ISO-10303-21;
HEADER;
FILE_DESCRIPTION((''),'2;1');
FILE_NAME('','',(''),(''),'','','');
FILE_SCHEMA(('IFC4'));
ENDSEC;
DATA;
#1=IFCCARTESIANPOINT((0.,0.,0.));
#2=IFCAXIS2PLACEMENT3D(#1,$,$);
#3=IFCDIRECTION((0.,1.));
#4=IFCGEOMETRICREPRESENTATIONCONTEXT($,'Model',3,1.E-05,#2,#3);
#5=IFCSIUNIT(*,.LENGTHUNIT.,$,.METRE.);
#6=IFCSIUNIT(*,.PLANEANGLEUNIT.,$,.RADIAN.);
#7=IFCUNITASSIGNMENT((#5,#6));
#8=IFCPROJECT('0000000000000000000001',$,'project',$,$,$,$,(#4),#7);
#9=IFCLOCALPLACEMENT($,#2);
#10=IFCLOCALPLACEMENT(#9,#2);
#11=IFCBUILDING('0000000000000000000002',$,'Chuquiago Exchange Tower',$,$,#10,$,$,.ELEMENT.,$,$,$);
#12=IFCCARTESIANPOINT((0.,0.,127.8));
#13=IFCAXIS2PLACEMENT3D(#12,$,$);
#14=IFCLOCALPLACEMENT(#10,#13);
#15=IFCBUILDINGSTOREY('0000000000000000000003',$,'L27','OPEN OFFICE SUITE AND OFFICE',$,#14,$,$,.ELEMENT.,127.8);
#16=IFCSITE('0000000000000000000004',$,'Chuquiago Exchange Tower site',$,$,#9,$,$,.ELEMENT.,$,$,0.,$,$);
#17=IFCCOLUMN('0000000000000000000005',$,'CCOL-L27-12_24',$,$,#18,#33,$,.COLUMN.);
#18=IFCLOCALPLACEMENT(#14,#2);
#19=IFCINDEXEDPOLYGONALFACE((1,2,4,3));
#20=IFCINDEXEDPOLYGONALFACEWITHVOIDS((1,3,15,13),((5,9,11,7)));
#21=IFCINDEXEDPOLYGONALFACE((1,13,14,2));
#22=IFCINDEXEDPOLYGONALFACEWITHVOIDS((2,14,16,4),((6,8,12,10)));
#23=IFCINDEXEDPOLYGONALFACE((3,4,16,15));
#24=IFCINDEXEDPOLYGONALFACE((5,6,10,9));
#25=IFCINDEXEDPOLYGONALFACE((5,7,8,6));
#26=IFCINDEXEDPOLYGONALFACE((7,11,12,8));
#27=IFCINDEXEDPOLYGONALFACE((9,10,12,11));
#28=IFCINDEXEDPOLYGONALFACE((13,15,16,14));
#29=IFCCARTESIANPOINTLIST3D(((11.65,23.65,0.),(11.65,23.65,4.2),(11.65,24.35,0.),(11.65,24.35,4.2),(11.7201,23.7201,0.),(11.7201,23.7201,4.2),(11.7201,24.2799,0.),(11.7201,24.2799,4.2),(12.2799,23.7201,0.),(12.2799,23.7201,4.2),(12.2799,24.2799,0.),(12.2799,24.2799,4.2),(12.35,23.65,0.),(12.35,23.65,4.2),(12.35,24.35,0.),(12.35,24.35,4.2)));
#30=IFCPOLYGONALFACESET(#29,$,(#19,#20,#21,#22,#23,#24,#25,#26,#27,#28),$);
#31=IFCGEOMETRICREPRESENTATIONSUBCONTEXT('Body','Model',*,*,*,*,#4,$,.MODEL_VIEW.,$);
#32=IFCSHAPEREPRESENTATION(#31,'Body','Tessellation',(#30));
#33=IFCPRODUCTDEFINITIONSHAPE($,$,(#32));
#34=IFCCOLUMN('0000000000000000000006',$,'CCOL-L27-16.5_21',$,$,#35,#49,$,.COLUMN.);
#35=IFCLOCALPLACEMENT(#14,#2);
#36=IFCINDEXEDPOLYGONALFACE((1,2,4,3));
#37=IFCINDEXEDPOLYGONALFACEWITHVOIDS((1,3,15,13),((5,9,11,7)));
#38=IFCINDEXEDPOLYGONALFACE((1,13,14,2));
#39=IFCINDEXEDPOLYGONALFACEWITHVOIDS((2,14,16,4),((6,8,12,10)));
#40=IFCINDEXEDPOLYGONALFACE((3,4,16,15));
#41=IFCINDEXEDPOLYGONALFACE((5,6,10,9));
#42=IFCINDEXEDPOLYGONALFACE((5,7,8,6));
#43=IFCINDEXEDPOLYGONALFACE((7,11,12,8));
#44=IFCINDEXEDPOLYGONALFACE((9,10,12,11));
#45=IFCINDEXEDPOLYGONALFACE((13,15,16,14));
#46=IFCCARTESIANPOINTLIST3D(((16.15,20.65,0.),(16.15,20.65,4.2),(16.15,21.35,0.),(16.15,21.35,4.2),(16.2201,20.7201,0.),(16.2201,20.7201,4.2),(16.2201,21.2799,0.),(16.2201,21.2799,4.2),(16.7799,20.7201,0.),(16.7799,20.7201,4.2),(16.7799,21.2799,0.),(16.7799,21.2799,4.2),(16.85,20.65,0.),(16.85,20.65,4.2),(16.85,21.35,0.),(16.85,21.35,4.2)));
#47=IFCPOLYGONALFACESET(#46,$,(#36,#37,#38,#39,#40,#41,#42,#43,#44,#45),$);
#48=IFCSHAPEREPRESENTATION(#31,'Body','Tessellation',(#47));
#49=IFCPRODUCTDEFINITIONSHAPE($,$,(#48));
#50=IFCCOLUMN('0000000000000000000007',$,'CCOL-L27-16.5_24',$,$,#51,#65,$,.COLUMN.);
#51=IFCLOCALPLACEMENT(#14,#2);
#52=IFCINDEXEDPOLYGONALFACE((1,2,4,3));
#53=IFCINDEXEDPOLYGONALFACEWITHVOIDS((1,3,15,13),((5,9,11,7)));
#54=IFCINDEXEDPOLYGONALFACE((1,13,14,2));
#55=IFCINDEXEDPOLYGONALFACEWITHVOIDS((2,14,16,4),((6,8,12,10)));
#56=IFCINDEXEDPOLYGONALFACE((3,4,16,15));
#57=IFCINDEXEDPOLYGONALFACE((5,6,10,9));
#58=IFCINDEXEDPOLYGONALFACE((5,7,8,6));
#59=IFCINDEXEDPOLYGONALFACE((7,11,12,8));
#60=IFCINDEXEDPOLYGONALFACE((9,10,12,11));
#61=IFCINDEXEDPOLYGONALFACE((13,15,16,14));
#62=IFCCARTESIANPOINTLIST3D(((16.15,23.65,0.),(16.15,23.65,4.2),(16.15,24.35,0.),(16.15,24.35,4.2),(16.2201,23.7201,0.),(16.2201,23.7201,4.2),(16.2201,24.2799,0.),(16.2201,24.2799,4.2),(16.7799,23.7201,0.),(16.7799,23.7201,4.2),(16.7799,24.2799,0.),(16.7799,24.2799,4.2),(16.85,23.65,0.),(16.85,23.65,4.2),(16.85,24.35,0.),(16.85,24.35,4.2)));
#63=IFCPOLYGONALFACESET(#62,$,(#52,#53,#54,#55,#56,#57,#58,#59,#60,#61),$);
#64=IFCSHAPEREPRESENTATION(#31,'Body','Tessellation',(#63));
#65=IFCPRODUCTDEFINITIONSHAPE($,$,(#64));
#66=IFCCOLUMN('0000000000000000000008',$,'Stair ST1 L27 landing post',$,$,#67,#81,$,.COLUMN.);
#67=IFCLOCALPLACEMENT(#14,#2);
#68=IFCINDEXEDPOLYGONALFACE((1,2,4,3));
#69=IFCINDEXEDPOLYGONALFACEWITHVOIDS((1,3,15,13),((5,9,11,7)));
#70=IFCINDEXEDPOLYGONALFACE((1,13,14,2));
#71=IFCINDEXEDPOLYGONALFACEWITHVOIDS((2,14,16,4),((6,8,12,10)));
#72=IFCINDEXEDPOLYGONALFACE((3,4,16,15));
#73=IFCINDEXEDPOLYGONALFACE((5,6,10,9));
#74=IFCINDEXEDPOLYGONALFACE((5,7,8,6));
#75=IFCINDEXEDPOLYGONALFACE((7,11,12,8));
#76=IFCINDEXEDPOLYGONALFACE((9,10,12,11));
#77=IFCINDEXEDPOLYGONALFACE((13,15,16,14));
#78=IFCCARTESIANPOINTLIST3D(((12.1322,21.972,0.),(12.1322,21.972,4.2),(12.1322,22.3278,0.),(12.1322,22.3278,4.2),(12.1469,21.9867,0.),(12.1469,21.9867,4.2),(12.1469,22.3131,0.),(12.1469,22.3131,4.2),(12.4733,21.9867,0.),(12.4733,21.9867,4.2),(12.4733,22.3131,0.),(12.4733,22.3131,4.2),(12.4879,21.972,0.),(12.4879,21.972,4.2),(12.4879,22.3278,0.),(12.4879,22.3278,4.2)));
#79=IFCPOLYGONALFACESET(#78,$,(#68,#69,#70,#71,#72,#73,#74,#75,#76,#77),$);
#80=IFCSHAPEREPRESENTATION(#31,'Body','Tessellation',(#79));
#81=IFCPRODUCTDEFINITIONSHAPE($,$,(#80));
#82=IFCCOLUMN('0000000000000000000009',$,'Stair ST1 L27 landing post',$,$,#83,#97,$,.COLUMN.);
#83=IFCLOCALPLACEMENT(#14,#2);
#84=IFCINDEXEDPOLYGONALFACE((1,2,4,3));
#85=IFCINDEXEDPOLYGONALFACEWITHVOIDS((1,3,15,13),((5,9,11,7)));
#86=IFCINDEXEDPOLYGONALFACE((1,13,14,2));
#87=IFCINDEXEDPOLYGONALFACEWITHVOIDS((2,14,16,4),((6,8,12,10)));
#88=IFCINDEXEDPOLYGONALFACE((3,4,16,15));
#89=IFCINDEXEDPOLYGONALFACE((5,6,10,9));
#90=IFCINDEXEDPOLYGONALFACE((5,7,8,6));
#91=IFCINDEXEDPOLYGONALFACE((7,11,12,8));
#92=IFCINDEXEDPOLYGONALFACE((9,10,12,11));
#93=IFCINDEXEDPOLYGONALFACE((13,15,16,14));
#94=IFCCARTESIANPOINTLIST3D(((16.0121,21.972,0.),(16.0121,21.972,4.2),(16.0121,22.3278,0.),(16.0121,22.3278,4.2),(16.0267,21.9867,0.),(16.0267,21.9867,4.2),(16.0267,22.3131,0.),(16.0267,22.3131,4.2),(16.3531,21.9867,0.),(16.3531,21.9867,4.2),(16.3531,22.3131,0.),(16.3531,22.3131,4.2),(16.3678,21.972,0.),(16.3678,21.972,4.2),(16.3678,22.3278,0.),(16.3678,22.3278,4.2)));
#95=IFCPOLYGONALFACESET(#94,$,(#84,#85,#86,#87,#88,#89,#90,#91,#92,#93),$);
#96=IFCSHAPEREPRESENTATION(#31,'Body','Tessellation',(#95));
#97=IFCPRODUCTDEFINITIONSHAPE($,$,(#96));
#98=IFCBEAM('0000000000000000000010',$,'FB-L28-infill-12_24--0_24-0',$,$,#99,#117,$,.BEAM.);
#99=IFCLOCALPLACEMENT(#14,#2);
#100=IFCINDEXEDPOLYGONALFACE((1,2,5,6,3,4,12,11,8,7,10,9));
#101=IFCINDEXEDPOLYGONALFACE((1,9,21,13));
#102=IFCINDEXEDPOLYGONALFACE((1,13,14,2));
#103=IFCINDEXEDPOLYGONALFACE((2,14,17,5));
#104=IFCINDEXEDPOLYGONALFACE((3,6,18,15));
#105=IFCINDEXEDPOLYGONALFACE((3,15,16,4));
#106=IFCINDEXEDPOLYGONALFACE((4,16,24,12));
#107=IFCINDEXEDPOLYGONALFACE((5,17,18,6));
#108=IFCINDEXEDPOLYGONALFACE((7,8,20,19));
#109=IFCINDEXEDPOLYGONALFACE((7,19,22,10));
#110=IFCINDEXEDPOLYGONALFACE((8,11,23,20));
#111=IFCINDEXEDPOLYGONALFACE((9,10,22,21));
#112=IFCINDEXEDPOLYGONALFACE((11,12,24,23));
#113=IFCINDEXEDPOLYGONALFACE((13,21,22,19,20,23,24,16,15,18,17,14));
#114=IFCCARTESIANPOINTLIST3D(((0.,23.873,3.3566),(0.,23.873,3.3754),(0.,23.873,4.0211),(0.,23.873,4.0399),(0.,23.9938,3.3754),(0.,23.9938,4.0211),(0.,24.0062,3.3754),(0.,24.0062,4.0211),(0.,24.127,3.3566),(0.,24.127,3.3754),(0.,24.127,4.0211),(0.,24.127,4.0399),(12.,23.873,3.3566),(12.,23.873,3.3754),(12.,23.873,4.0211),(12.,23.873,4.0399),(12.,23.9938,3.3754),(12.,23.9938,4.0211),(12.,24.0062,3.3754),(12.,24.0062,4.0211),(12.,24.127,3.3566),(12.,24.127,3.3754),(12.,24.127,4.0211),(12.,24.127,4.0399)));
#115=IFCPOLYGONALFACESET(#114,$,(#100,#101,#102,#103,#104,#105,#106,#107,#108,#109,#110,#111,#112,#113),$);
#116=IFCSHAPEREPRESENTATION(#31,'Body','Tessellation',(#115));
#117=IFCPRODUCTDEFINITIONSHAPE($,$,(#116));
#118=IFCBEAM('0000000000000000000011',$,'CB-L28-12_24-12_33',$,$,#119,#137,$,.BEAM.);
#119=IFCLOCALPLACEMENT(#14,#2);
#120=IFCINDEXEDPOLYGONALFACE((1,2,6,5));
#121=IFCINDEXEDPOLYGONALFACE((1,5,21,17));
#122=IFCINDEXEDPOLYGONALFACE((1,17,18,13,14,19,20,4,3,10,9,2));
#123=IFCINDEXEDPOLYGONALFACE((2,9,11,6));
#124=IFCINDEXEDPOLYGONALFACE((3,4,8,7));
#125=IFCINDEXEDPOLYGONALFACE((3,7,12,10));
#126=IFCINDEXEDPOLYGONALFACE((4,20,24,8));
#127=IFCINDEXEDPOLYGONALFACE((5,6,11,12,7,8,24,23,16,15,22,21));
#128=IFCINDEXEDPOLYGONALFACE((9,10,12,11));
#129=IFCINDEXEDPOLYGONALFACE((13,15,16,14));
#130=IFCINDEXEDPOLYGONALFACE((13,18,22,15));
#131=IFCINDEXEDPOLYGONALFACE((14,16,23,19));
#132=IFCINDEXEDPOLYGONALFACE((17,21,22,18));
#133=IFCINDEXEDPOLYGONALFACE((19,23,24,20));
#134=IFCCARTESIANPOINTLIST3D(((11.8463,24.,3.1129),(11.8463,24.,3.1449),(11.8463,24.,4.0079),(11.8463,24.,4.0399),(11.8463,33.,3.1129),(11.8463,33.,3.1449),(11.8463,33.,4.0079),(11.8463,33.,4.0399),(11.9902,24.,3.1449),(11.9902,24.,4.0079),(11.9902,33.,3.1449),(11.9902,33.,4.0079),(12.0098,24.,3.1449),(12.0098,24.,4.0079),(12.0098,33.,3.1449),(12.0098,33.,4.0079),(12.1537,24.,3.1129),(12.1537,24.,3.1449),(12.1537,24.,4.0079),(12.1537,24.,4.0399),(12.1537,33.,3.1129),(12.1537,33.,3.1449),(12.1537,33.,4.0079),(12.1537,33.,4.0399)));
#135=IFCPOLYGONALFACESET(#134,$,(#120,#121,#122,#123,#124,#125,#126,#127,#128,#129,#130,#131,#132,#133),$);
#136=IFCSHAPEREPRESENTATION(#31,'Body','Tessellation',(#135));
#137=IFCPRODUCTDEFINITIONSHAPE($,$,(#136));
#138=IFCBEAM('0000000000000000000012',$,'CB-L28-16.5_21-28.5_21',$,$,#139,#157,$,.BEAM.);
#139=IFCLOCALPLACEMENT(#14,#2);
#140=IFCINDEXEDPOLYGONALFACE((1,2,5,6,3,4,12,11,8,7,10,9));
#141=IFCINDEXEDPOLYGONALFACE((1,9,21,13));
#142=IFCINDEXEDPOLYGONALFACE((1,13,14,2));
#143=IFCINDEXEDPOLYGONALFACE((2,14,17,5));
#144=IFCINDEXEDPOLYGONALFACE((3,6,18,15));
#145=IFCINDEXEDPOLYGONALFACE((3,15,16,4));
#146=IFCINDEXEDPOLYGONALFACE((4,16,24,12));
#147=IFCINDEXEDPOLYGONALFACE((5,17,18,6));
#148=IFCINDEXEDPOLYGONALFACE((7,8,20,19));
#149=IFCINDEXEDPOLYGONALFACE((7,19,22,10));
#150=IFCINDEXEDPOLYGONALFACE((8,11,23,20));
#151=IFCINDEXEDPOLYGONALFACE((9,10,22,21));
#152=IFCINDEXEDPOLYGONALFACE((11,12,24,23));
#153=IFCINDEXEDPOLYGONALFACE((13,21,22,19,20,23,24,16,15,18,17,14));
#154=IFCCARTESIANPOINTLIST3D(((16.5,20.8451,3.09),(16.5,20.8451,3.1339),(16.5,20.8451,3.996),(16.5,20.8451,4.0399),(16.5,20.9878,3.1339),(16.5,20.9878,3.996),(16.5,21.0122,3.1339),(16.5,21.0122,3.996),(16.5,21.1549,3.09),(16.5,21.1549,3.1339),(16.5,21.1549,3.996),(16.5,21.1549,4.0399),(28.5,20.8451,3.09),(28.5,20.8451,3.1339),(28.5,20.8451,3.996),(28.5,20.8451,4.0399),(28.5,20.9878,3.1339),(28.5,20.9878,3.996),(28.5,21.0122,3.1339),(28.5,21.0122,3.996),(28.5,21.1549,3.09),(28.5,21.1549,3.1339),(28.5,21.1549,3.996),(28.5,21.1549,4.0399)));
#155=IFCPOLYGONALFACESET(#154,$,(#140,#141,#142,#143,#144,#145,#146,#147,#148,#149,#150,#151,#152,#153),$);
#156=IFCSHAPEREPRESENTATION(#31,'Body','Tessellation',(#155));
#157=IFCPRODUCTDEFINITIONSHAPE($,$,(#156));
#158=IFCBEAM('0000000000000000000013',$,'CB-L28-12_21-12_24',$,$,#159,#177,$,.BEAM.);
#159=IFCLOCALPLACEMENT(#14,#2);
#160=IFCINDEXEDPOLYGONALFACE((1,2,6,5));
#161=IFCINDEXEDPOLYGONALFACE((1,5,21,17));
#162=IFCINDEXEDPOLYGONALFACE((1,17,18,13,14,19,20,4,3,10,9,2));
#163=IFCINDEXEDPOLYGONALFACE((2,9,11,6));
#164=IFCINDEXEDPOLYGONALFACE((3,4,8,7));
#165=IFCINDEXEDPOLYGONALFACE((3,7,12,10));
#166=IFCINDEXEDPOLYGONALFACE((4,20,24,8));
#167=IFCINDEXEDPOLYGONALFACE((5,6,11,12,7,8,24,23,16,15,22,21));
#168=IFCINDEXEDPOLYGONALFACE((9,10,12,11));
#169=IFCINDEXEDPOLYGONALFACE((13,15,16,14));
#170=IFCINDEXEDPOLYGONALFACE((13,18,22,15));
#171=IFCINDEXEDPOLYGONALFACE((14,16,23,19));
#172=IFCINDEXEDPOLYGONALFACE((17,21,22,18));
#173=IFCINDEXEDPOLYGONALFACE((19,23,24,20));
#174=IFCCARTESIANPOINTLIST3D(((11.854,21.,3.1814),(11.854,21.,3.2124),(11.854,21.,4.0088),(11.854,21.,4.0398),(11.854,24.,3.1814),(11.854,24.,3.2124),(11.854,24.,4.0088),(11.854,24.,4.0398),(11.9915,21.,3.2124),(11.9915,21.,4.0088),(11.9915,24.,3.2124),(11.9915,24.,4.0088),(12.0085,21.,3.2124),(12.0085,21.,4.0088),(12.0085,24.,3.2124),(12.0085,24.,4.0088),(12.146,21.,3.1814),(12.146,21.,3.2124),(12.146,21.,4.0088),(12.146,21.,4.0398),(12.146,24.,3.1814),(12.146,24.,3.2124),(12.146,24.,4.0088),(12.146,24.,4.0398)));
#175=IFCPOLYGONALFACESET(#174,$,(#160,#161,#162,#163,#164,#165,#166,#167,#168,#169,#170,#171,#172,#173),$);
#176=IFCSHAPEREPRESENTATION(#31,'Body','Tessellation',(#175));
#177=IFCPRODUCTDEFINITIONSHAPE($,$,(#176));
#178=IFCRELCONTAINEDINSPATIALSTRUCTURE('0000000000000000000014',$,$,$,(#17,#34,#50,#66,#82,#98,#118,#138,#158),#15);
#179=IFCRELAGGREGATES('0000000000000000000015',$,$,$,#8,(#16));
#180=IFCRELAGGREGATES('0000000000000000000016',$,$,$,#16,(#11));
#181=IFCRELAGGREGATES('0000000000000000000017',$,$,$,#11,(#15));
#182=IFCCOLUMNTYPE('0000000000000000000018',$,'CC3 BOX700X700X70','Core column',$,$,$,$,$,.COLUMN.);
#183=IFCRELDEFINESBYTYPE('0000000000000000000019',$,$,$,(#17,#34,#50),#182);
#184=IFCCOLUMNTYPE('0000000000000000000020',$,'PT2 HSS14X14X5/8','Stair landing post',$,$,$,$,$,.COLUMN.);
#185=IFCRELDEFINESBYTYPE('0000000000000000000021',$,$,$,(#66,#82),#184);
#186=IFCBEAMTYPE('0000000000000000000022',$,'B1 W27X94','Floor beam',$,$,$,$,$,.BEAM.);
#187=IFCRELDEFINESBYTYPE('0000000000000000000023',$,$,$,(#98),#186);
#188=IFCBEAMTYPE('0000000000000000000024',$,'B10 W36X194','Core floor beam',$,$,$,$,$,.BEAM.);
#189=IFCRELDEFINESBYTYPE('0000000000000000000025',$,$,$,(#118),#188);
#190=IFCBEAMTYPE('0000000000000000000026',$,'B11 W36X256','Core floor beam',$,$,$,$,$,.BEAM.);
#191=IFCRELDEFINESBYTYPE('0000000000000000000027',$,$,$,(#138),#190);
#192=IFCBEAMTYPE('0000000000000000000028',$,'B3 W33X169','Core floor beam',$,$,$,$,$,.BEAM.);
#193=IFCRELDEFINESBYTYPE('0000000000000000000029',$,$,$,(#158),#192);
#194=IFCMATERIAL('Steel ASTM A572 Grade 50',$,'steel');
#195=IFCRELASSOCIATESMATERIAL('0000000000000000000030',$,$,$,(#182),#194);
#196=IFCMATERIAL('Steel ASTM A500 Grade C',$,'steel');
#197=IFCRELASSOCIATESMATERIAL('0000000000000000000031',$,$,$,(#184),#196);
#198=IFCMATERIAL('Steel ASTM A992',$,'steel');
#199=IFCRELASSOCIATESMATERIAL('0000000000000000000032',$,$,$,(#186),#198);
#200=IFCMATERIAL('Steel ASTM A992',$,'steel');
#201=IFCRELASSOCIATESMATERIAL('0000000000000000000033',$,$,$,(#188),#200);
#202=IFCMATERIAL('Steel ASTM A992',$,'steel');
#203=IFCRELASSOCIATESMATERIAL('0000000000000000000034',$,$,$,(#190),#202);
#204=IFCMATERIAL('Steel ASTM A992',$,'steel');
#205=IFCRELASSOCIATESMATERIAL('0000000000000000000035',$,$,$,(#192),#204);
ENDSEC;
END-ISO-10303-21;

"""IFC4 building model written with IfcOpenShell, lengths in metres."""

from ifc_helpers import new_model, si_unit, direction, frame, origin, origin_2d, place, context, subcontext, project, spatial, hollow_rectangle, i_section, extrude, material, material_profile, profile_set, type_object, element, save


model = new_model("IFC4")

# Units and contexts
model_context = context("Model", 3, precision=1e-05, world=origin(), true_north=direction((0.0, 1.0)))
body_context = subcontext(model_context, "Body", "Model", "MODEL_VIEW")
ifc_project = project(units=[si_unit("LENGTHUNIT", "METRE"), si_unit("PLANEANGLEUNIT", "RADIAN")], contexts=[model_context])

# Site, building, storey
site_placement = place(None, origin())
site = spatial("IfcSite", under=ifc_project, at=site_placement, Name="Chuquiago Exchange Tower site", CompositionType="ELEMENT", RefElevation=0.0)
building_placement = place(site_placement, origin())
building = spatial("IfcBuilding", under=site, at=building_placement, Name="Chuquiago Exchange Tower", CompositionType="ELEMENT")
storey_placement = place(building_placement, frame((0.0, 0.0, 127.8)))
storey = spatial("IfcBuildingStorey", under=building, at=storey_placement, Name="L27", Description="OPEN OFFICE SUITE AND OFFICE", CompositionType="ELEMENT", Elevation=127.8)

# Columns
ifc_material_1 = material(Name="Steel ASTM A572 Grade 50", Category="steel")
ifc_material_profile_1 = material_profile(ifc_material_1, hollow_rectangle(XDim=0.7, YDim=0.7, WallThickness=0.0701, at=origin_2d()), Name="BOX700X700X70")
ifc_profile_set_1 = profile_set([ifc_material_profile_1], Name="Steel ASTM A572 Grade 50")
column_type_1 = type_object("IfcColumnType", Name="CC3 BOX700X700X70", Description="Core column", PredefinedType="COLUMN", material=ifc_profile_set_1)
for number, where, z_axis, x_axis, name in (
    (1, (12.0, 24.0, 0.0), (0.0, 0.0, 1.0), (1.0, 0.0, 0.0), "CCOL-L27-12_24"),
    (2, (16.5, 21.0, 0.0), (0.0, 0.0, 1.0), (1.0, 0.0, 0.0), "CCOL-L27-16.5_21"),
    (3, (16.5, 24.0, 0.0), (0.0, 0.0, 1.0), (1.0, 0.0, 0.0), "CCOL-L27-16.5_24"),
):
    element("IfcColumn", number, at=place(storey_placement, frame(where, z_axis=z_axis, x_axis=x_axis)), inside=storey, type_object=column_type_1, Name=name, PredefinedType="COLUMN", context=body_context, shape_type="SweptSolid", body=[
        extrude(hollow_rectangle(XDim=0.7, YDim=0.7, WallThickness=0.0701, at=origin_2d()), origin(), (0.0, 0.0, 1.0), 4.2),
    ])
ifc_material_2 = material(Name="Steel ASTM A500 Grade C", Category="steel")
ifc_material_profile_2 = material_profile(ifc_material_2, hollow_rectangle(XDim=0.3557, YDim=0.3557, WallThickness=0.0146, at=origin_2d()), Name="HSS14X14X5/8")
ifc_profile_set_2 = profile_set([ifc_material_profile_2], Name="Steel ASTM A500 Grade C")
column_type_2 = type_object("IfcColumnType", Name="PT2 HSS14X14X5/8", Description="Stair landing post", PredefinedType="COLUMN", material=ifc_profile_set_2)
for number, where, z_axis, x_axis, name in (
    (4, (12.3101, 22.1499, 0.0), (0.0, 0.0, 1.0), (1.0, 0.0, 0.0), "Stair ST1 L27 landing post"),
    (5, (16.1899, 22.1499, 0.0), (0.0, 0.0, 1.0), (1.0, 0.0, 0.0), "Stair ST1 L27 landing post"),
):
    element("IfcColumn", number, at=place(storey_placement, frame(where, z_axis=z_axis, x_axis=x_axis)), inside=storey, type_object=column_type_2, Name=name, PredefinedType="COLUMN", context=body_context, shape_type="SweptSolid", body=[
        extrude(hollow_rectangle(XDim=0.3557, YDim=0.3557, WallThickness=0.0146, at=origin_2d()), origin(), (0.0, 0.0, 1.0), 4.2),
    ])

# Beams
ifc_material_3 = material(Name="Steel ASTM A992", Category="steel")
ifc_material_profile_3 = material_profile(ifc_material_3, i_section(OverallWidth=0.2539, OverallDepth=0.6833, WebThickness=0.0125, FlangeThickness=0.0188, at=origin_2d()), Name="W27X94")
ifc_profile_set_3 = profile_set([ifc_material_profile_3], Name="Steel ASTM A992")
beam_type_1 = type_object("IfcBeamType", Name="B1 W27X94", Description="Floor beam", PredefinedType="BEAM", material=ifc_profile_set_3)
beam_1_placement = place(storey_placement, frame((12.0, 24.0, 3.6982), z_axis=(-1.0, 0.0, 0.0), x_axis=(0.0, -1.0, 0.0)))
element("IfcBeam", 6, at=beam_1_placement, inside=storey, type_object=beam_type_1, Name="FB-L28-infill-12_24--0_24-0", PredefinedType="BEAM", context=body_context, shape_type="SweptSolid", body=[
    extrude(i_section(OverallWidth=0.2539, OverallDepth=0.6833, WebThickness=0.0125, FlangeThickness=0.0188, at=origin_2d()), origin(), (0.0, 0.0, 1.0), 12.0),
])
ifc_material_4 = material(Name="Steel ASTM A992", Category="steel")
ifc_material_profile_4 = material_profile(ifc_material_4, i_section(OverallWidth=0.3074, OverallDepth=0.927, WebThickness=0.0195, FlangeThickness=0.032, at=origin_2d()), Name="W36X194")
ifc_profile_set_4 = profile_set([ifc_material_profile_4], Name="Steel ASTM A992")
beam_type_2 = type_object("IfcBeamType", Name="B10 W36X194", Description="Core floor beam", PredefinedType="BEAM", material=ifc_profile_set_4)
beam_2_placement = place(storey_placement, frame((12.0, 24.0, 3.5764), z_axis=(0.0, 1.0, 0.0), x_axis=(-1.0, 0.0, 0.0)))
element("IfcBeam", 7, at=beam_2_placement, inside=storey, type_object=beam_type_2, Name="CB-L28-12_24-12_33", PredefinedType="BEAM", context=body_context, shape_type="SweptSolid", body=[
    extrude(i_section(OverallWidth=0.3074, OverallDepth=0.927, WebThickness=0.0195, FlangeThickness=0.032, at=origin_2d()), origin(), (0.0, 0.0, 1.0), 9.0),
])
ifc_material_5 = material(Name="Steel ASTM A992", Category="steel")
ifc_material_profile_5 = material_profile(ifc_material_5, i_section(OverallWidth=0.3098, OverallDepth=0.95, WebThickness=0.0244, FlangeThickness=0.0439, at=origin_2d()), Name="W36X256")
ifc_profile_set_5 = profile_set([ifc_material_profile_5], Name="Steel ASTM A992")
beam_type_3 = type_object("IfcBeamType", Name="B11 W36X256", Description="Core floor beam", PredefinedType="BEAM", material=ifc_profile_set_5)
beam_3_placement = place(storey_placement, frame((16.5, 21.0, 3.5649), z_axis=(1.0, 0.0, 0.0), x_axis=(0.0, 1.0, 0.0)))
element("IfcBeam", 8, at=beam_3_placement, inside=storey, type_object=beam_type_3, Name="CB-L28-16.5_21-28.5_21", PredefinedType="BEAM", context=body_context, shape_type="SweptSolid", body=[
    extrude(i_section(OverallWidth=0.3098, OverallDepth=0.95, WebThickness=0.0244, FlangeThickness=0.0439, at=origin_2d()), origin(), (0.0, 0.0, 1.0), 12.0),
])
ifc_material_6 = material(Name="Steel ASTM A992", Category="steel")
ifc_material_profile_6 = material_profile(ifc_material_6, i_section(OverallWidth=0.292, OverallDepth=0.8584, WebThickness=0.0171, FlangeThickness=0.031, at=origin_2d()), Name="W33X169")
ifc_profile_set_6 = profile_set([ifc_material_profile_6], Name="Steel ASTM A992")
beam_type_4 = type_object("IfcBeamType", Name="B3 W33X169", Description="Core floor beam", PredefinedType="BEAM", material=ifc_profile_set_6)
for number, where, z_axis, x_axis, name in (
    (9, (12.0, 21.0, 3.6106), (0.0, 1.0, 0.0), (-1.0, 0.0, 0.0), "CB-L28-12_21-12_24"),
):
    element("IfcBeam", number, at=place(storey_placement, frame(where, z_axis=z_axis, x_axis=x_axis)), inside=storey, type_object=beam_type_4, Name=name, PredefinedType="BEAM", context=body_context, shape_type="SweptSolid", body=[
        extrude(i_section(OverallWidth=0.292, OverallDepth=0.8584, WebThickness=0.0171, FlangeThickness=0.031, at=origin_2d()), origin(), (0.0, 0.0, 1.0), 3.0),
    ])

save(model, "model.ifc")
